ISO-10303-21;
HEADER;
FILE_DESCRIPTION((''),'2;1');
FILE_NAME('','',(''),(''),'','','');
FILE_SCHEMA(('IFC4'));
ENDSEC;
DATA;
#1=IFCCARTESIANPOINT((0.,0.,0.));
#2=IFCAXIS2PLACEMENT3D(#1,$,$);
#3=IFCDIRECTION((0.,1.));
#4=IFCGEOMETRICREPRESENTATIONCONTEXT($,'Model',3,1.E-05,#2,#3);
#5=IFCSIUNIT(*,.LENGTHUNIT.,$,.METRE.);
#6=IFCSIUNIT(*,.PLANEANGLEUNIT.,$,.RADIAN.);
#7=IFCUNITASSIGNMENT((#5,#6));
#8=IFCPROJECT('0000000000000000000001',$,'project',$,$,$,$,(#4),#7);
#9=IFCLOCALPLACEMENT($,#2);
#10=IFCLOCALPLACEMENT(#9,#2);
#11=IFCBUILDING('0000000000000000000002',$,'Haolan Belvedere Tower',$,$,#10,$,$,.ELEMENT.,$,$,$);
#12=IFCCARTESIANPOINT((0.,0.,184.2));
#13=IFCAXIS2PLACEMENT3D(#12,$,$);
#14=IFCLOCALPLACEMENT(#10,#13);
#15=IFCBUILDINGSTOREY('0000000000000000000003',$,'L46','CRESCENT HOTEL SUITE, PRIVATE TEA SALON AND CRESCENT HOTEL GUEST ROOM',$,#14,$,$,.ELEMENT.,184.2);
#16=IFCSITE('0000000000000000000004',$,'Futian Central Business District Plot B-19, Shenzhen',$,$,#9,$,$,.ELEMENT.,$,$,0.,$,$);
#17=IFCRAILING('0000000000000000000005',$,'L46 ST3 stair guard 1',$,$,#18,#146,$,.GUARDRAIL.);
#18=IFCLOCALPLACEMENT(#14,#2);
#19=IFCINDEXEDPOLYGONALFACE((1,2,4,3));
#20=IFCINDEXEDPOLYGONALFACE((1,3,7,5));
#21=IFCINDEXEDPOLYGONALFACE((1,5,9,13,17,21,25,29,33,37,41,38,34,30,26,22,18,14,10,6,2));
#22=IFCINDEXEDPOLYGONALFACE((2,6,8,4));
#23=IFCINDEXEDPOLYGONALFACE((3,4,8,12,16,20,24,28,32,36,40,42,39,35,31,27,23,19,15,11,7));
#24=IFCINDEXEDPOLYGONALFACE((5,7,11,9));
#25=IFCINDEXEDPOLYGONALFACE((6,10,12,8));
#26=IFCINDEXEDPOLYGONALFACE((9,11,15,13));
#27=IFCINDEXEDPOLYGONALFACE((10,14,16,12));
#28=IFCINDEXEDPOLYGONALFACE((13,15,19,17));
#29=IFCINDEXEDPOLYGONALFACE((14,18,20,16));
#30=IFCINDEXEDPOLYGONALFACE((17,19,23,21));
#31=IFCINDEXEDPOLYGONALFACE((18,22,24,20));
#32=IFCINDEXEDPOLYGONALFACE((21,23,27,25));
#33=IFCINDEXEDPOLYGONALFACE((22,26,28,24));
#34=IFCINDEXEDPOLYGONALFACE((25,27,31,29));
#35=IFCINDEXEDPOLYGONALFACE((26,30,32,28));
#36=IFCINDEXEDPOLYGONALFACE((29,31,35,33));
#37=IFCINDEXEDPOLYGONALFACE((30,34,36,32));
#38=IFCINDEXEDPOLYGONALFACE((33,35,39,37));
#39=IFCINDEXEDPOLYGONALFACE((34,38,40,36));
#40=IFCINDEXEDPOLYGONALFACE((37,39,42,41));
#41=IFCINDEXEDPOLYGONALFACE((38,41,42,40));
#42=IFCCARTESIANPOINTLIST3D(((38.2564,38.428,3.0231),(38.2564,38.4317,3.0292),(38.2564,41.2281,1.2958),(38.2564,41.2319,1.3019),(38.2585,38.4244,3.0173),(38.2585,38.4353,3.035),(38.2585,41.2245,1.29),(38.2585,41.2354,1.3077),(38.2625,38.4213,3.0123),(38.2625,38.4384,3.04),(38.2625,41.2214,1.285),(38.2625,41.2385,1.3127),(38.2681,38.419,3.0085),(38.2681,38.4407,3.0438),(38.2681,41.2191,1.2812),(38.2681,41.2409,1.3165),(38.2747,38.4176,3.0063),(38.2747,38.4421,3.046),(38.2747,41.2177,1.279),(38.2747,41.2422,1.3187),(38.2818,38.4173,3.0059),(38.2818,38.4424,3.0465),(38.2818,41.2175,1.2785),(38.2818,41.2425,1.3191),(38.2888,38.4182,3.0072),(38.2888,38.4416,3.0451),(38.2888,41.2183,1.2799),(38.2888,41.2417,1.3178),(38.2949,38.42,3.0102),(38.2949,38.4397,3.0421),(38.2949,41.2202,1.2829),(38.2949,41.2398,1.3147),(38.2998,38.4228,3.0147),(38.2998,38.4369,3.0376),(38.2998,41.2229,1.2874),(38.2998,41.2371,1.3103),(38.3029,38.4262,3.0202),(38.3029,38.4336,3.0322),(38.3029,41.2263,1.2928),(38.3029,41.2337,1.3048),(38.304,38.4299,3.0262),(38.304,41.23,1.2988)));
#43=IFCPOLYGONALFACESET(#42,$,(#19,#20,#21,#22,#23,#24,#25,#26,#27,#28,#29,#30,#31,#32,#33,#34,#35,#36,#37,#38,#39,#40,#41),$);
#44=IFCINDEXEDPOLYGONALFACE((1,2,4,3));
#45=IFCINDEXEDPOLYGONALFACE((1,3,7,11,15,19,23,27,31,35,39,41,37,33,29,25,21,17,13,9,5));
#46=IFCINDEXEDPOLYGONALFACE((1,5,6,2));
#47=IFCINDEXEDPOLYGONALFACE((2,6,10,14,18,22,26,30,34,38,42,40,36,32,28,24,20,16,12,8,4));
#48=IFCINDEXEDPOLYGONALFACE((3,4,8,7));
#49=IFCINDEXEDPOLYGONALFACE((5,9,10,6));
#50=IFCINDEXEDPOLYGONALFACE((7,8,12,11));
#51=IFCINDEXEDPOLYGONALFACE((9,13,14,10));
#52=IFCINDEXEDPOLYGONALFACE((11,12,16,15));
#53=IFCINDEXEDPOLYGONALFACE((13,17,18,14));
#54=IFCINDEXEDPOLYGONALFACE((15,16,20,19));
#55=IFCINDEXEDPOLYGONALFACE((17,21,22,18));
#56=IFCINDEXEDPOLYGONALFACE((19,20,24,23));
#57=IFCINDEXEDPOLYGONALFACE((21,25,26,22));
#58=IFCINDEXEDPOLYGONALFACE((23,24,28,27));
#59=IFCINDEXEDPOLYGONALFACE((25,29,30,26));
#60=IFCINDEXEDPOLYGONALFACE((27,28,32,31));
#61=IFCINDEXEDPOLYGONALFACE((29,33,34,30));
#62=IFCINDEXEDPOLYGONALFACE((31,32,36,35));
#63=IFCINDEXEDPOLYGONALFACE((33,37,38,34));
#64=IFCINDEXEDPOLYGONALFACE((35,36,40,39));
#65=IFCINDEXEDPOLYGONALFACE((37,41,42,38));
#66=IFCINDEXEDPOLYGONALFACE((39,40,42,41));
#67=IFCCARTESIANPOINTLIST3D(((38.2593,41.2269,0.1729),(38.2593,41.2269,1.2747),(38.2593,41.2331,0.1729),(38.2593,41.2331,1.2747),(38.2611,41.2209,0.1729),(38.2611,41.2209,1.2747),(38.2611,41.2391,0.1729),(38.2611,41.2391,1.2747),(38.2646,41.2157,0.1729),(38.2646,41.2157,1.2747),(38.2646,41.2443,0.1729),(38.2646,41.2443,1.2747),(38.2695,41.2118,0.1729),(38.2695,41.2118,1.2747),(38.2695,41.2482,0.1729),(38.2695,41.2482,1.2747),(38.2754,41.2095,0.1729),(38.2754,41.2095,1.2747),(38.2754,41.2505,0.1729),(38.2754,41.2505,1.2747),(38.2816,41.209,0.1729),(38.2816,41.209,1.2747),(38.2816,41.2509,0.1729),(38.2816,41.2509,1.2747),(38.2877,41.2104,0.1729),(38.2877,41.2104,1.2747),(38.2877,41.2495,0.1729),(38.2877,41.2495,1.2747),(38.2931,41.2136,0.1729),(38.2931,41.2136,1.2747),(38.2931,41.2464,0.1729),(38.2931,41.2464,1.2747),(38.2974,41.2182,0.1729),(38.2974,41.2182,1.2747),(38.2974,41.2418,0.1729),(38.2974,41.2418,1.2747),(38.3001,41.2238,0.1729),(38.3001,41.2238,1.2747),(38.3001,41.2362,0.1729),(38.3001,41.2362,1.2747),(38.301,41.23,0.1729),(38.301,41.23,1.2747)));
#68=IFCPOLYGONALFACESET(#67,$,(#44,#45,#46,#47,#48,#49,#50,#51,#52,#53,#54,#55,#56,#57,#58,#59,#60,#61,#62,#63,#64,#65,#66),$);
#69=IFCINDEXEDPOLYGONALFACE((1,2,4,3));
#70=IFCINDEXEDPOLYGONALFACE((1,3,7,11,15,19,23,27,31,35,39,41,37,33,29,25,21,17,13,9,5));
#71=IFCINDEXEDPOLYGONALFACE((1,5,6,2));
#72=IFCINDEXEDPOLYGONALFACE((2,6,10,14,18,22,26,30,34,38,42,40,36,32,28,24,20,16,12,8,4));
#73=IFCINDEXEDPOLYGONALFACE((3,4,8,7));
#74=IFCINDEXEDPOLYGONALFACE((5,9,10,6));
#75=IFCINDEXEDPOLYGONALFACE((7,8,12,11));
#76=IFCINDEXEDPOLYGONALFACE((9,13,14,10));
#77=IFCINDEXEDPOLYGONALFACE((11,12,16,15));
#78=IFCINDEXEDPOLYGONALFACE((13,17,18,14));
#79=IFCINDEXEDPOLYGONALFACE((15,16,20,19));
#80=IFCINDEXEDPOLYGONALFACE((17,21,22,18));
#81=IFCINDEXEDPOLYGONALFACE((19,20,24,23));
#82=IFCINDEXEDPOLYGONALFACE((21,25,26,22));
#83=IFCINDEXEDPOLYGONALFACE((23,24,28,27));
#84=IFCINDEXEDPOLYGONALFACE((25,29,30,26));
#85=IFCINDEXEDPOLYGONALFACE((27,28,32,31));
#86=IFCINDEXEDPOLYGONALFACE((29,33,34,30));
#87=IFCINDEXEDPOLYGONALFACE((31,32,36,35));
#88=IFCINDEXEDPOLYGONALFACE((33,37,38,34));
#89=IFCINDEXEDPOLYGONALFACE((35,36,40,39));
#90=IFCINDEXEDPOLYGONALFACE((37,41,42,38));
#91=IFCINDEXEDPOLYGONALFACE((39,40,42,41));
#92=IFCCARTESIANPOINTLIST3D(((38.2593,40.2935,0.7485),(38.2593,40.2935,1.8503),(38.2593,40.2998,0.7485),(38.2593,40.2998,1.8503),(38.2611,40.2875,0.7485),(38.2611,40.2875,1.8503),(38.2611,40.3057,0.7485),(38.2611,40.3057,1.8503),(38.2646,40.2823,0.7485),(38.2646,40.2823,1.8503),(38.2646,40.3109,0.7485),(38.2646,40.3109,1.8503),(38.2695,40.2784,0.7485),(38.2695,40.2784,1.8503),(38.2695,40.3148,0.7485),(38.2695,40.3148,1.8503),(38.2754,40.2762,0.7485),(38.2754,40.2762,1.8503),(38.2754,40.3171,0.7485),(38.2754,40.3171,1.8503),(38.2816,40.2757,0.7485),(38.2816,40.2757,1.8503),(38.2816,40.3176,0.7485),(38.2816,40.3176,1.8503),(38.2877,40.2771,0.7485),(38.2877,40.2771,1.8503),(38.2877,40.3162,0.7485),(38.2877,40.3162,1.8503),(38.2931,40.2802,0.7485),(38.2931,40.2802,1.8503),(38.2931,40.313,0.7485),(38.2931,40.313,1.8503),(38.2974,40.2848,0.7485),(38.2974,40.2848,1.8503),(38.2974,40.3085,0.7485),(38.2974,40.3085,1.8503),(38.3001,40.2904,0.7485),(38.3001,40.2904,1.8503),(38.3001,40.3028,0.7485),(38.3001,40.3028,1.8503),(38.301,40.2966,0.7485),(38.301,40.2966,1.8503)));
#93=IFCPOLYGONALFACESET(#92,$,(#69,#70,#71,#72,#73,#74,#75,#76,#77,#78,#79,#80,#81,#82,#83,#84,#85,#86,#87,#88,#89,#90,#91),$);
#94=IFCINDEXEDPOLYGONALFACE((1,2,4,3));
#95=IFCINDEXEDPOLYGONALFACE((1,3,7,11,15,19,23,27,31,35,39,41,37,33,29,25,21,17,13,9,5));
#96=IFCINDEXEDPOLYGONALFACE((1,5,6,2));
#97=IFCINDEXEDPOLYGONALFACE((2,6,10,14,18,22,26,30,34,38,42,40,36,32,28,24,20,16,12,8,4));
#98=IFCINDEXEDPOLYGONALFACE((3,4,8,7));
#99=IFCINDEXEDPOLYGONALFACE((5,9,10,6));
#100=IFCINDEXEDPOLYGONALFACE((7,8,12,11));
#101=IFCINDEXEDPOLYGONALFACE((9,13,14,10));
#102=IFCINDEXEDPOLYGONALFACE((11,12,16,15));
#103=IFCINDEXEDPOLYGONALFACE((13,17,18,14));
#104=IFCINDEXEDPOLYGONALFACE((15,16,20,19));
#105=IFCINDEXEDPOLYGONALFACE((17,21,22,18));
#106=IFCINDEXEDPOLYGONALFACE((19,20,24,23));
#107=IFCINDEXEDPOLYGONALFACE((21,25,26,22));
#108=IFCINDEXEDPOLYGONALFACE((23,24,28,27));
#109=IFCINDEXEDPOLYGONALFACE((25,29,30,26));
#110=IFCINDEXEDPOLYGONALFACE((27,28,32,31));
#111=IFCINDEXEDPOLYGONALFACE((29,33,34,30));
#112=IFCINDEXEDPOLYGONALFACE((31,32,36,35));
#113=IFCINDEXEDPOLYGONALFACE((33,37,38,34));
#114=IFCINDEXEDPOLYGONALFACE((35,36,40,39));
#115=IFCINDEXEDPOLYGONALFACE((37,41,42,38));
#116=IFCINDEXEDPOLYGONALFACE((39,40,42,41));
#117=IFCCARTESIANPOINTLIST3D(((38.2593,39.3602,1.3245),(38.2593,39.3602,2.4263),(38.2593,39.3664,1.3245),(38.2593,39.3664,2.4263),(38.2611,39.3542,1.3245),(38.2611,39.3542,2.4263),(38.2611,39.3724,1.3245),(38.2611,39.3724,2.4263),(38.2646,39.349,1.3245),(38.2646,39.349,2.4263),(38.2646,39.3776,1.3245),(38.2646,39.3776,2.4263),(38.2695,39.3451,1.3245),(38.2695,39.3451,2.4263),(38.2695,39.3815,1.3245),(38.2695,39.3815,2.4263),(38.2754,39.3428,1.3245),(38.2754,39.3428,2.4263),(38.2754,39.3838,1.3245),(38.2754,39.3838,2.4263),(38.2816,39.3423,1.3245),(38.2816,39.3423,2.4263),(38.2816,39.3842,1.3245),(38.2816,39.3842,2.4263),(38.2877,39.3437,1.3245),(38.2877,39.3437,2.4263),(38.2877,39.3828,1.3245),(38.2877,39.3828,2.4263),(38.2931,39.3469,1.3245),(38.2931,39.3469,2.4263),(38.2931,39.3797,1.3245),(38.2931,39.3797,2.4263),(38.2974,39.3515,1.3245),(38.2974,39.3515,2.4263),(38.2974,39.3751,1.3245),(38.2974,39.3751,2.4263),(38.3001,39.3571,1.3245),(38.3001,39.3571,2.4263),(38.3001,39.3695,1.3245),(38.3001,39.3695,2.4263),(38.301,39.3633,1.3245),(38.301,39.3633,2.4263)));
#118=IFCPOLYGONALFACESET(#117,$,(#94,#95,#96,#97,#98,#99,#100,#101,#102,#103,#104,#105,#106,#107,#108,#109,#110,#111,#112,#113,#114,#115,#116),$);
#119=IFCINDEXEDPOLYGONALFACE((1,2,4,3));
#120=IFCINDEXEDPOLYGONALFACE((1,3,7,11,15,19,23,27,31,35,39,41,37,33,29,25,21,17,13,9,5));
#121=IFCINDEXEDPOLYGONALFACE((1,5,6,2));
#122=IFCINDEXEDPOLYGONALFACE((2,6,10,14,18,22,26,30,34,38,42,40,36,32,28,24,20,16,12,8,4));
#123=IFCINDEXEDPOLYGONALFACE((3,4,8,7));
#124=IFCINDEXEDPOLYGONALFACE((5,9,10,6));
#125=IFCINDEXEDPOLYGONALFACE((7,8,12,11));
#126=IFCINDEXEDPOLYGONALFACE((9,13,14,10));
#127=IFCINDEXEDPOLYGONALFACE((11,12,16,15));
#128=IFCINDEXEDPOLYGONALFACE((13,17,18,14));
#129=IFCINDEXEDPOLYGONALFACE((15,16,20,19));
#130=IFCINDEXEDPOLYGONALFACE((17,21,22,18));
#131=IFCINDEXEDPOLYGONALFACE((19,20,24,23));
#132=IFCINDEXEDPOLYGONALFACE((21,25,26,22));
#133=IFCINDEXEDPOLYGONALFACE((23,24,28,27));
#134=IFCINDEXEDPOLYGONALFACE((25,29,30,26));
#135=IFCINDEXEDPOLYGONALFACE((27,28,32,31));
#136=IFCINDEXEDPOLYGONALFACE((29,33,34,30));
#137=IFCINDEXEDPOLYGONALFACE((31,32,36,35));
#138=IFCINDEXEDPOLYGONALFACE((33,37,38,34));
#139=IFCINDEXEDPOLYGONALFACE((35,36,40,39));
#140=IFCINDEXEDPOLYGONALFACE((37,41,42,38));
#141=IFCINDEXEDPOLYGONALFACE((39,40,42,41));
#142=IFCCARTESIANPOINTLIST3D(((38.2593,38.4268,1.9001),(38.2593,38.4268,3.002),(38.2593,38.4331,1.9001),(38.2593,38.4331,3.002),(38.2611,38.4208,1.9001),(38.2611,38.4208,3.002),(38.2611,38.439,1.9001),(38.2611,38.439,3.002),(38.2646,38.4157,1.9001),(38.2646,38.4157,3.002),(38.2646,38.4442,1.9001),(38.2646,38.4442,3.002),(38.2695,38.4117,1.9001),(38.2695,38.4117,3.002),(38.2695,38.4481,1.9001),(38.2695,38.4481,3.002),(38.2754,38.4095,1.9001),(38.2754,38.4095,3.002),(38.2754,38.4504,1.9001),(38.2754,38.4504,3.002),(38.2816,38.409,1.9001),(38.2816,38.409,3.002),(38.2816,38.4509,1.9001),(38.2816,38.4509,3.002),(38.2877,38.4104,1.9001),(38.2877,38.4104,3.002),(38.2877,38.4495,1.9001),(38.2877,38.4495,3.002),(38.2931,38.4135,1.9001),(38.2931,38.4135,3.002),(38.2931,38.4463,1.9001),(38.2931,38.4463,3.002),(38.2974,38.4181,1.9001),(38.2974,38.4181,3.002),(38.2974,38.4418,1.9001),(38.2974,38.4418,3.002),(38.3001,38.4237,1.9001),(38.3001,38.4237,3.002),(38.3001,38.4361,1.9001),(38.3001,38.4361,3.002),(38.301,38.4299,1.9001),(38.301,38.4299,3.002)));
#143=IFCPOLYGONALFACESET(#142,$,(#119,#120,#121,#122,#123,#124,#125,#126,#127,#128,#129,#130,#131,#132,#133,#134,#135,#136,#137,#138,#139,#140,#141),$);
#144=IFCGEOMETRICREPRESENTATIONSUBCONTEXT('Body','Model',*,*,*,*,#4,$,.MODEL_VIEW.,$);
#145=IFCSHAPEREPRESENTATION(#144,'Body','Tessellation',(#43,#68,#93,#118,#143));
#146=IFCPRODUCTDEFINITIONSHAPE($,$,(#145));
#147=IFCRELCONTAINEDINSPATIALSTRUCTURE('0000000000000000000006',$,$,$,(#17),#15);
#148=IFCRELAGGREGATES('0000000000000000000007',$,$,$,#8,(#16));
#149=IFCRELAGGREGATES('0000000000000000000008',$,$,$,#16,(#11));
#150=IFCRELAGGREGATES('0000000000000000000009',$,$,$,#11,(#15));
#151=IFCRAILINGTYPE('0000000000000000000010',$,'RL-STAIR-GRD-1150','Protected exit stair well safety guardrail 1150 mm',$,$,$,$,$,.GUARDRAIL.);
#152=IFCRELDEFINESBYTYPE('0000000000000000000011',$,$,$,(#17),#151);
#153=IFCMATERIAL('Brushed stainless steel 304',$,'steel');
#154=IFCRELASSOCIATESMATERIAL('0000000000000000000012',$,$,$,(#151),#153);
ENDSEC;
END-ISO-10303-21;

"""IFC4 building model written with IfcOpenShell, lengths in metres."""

from ifc_helpers import new_model, si_unit, direction, frame, origin, origin_2d, place, context, subcontext, project, spatial, circle, extrude, material, type_object, element, save


model = new_model("IFC4")

# Units and contexts
model_context = context("Model", 3, precision=1e-05, world=origin(), true_north=direction((0.0, 1.0)))
body_context = subcontext(model_context, "Body", "Model", "MODEL_VIEW")
ifc_project = project(units=[si_unit("LENGTHUNIT", "METRE"), si_unit("PLANEANGLEUNIT", "RADIAN")], contexts=[model_context])

# Site, building, storey
site_placement = place(None, origin())
site = spatial("IfcSite", under=ifc_project, at=site_placement, Name="Futian Central Business District Plot B-19, Shenzhen", CompositionType="ELEMENT", RefElevation=0.0)
building_placement = place(site_placement, origin())
building = spatial("IfcBuilding", under=site, at=building_placement, Name="Haolan Belvedere Tower", CompositionType="ELEMENT")
storey_placement = place(building_placement, frame((0.0, 0.0, 184.2)))
storey = spatial("IfcBuildingStorey", under=building, at=storey_placement, Name="L46", Description="CRESCENT HOTEL SUITE, PRIVATE TEA SALON AND CRESCENT HOTEL GUEST ROOM", CompositionType="ELEMENT", Elevation=184.2)

# Railing
ifc_material_1 = material(Name="Brushed stainless steel 304", Category="steel")
railing_type = type_object("IfcRailingType", Name="RL-STAIR-GRD-1150", Description="Protected exit stair well safety guardrail 1150 mm", PredefinedType="GUARDRAIL", material=ifc_material_1)
railing_1_placement = place(storey_placement, frame((38.28, 41.23, 0.1729)))
element("IfcRailing", 1, at=railing_1_placement, inside=storey, type_object=railing_type, Name="L46 ST3 stair guard 1", PredefinedType="GUARDRAIL", context=body_context, shape_type="SweptSolid", body=[
    extrude(circle(Radius=0.0239, at=origin_2d()), frame((0.0, 0.0, 1.126), z_axis=(0.0, -0.85109, 0.52502), x_axis=(1.0, 0.0, 0.0)), (0.0, 0.0, 1.0), 3.29),
    extrude(circle(Radius=0.021, at=origin_2d()), origin(), (0.0, 0.0, 1.0), 1.1018),
    extrude(circle(Radius=0.021, at=origin_2d()), frame((0.0, -0.9333, 0.5757)), (0.0, 0.0, 1.0), 1.1018),
    extrude(circle(Radius=0.021, at=origin_2d()), frame((0.0, -1.8667, 1.1516)), (0.0, 0.0, 1.0), 1.1018),
    extrude(circle(Radius=0.021, at=origin_2d()), frame((0.0, -2.8, 1.7273)), (0.0, 0.0, 1.0), 1.1018),
])

save(model, "model.ifc")
